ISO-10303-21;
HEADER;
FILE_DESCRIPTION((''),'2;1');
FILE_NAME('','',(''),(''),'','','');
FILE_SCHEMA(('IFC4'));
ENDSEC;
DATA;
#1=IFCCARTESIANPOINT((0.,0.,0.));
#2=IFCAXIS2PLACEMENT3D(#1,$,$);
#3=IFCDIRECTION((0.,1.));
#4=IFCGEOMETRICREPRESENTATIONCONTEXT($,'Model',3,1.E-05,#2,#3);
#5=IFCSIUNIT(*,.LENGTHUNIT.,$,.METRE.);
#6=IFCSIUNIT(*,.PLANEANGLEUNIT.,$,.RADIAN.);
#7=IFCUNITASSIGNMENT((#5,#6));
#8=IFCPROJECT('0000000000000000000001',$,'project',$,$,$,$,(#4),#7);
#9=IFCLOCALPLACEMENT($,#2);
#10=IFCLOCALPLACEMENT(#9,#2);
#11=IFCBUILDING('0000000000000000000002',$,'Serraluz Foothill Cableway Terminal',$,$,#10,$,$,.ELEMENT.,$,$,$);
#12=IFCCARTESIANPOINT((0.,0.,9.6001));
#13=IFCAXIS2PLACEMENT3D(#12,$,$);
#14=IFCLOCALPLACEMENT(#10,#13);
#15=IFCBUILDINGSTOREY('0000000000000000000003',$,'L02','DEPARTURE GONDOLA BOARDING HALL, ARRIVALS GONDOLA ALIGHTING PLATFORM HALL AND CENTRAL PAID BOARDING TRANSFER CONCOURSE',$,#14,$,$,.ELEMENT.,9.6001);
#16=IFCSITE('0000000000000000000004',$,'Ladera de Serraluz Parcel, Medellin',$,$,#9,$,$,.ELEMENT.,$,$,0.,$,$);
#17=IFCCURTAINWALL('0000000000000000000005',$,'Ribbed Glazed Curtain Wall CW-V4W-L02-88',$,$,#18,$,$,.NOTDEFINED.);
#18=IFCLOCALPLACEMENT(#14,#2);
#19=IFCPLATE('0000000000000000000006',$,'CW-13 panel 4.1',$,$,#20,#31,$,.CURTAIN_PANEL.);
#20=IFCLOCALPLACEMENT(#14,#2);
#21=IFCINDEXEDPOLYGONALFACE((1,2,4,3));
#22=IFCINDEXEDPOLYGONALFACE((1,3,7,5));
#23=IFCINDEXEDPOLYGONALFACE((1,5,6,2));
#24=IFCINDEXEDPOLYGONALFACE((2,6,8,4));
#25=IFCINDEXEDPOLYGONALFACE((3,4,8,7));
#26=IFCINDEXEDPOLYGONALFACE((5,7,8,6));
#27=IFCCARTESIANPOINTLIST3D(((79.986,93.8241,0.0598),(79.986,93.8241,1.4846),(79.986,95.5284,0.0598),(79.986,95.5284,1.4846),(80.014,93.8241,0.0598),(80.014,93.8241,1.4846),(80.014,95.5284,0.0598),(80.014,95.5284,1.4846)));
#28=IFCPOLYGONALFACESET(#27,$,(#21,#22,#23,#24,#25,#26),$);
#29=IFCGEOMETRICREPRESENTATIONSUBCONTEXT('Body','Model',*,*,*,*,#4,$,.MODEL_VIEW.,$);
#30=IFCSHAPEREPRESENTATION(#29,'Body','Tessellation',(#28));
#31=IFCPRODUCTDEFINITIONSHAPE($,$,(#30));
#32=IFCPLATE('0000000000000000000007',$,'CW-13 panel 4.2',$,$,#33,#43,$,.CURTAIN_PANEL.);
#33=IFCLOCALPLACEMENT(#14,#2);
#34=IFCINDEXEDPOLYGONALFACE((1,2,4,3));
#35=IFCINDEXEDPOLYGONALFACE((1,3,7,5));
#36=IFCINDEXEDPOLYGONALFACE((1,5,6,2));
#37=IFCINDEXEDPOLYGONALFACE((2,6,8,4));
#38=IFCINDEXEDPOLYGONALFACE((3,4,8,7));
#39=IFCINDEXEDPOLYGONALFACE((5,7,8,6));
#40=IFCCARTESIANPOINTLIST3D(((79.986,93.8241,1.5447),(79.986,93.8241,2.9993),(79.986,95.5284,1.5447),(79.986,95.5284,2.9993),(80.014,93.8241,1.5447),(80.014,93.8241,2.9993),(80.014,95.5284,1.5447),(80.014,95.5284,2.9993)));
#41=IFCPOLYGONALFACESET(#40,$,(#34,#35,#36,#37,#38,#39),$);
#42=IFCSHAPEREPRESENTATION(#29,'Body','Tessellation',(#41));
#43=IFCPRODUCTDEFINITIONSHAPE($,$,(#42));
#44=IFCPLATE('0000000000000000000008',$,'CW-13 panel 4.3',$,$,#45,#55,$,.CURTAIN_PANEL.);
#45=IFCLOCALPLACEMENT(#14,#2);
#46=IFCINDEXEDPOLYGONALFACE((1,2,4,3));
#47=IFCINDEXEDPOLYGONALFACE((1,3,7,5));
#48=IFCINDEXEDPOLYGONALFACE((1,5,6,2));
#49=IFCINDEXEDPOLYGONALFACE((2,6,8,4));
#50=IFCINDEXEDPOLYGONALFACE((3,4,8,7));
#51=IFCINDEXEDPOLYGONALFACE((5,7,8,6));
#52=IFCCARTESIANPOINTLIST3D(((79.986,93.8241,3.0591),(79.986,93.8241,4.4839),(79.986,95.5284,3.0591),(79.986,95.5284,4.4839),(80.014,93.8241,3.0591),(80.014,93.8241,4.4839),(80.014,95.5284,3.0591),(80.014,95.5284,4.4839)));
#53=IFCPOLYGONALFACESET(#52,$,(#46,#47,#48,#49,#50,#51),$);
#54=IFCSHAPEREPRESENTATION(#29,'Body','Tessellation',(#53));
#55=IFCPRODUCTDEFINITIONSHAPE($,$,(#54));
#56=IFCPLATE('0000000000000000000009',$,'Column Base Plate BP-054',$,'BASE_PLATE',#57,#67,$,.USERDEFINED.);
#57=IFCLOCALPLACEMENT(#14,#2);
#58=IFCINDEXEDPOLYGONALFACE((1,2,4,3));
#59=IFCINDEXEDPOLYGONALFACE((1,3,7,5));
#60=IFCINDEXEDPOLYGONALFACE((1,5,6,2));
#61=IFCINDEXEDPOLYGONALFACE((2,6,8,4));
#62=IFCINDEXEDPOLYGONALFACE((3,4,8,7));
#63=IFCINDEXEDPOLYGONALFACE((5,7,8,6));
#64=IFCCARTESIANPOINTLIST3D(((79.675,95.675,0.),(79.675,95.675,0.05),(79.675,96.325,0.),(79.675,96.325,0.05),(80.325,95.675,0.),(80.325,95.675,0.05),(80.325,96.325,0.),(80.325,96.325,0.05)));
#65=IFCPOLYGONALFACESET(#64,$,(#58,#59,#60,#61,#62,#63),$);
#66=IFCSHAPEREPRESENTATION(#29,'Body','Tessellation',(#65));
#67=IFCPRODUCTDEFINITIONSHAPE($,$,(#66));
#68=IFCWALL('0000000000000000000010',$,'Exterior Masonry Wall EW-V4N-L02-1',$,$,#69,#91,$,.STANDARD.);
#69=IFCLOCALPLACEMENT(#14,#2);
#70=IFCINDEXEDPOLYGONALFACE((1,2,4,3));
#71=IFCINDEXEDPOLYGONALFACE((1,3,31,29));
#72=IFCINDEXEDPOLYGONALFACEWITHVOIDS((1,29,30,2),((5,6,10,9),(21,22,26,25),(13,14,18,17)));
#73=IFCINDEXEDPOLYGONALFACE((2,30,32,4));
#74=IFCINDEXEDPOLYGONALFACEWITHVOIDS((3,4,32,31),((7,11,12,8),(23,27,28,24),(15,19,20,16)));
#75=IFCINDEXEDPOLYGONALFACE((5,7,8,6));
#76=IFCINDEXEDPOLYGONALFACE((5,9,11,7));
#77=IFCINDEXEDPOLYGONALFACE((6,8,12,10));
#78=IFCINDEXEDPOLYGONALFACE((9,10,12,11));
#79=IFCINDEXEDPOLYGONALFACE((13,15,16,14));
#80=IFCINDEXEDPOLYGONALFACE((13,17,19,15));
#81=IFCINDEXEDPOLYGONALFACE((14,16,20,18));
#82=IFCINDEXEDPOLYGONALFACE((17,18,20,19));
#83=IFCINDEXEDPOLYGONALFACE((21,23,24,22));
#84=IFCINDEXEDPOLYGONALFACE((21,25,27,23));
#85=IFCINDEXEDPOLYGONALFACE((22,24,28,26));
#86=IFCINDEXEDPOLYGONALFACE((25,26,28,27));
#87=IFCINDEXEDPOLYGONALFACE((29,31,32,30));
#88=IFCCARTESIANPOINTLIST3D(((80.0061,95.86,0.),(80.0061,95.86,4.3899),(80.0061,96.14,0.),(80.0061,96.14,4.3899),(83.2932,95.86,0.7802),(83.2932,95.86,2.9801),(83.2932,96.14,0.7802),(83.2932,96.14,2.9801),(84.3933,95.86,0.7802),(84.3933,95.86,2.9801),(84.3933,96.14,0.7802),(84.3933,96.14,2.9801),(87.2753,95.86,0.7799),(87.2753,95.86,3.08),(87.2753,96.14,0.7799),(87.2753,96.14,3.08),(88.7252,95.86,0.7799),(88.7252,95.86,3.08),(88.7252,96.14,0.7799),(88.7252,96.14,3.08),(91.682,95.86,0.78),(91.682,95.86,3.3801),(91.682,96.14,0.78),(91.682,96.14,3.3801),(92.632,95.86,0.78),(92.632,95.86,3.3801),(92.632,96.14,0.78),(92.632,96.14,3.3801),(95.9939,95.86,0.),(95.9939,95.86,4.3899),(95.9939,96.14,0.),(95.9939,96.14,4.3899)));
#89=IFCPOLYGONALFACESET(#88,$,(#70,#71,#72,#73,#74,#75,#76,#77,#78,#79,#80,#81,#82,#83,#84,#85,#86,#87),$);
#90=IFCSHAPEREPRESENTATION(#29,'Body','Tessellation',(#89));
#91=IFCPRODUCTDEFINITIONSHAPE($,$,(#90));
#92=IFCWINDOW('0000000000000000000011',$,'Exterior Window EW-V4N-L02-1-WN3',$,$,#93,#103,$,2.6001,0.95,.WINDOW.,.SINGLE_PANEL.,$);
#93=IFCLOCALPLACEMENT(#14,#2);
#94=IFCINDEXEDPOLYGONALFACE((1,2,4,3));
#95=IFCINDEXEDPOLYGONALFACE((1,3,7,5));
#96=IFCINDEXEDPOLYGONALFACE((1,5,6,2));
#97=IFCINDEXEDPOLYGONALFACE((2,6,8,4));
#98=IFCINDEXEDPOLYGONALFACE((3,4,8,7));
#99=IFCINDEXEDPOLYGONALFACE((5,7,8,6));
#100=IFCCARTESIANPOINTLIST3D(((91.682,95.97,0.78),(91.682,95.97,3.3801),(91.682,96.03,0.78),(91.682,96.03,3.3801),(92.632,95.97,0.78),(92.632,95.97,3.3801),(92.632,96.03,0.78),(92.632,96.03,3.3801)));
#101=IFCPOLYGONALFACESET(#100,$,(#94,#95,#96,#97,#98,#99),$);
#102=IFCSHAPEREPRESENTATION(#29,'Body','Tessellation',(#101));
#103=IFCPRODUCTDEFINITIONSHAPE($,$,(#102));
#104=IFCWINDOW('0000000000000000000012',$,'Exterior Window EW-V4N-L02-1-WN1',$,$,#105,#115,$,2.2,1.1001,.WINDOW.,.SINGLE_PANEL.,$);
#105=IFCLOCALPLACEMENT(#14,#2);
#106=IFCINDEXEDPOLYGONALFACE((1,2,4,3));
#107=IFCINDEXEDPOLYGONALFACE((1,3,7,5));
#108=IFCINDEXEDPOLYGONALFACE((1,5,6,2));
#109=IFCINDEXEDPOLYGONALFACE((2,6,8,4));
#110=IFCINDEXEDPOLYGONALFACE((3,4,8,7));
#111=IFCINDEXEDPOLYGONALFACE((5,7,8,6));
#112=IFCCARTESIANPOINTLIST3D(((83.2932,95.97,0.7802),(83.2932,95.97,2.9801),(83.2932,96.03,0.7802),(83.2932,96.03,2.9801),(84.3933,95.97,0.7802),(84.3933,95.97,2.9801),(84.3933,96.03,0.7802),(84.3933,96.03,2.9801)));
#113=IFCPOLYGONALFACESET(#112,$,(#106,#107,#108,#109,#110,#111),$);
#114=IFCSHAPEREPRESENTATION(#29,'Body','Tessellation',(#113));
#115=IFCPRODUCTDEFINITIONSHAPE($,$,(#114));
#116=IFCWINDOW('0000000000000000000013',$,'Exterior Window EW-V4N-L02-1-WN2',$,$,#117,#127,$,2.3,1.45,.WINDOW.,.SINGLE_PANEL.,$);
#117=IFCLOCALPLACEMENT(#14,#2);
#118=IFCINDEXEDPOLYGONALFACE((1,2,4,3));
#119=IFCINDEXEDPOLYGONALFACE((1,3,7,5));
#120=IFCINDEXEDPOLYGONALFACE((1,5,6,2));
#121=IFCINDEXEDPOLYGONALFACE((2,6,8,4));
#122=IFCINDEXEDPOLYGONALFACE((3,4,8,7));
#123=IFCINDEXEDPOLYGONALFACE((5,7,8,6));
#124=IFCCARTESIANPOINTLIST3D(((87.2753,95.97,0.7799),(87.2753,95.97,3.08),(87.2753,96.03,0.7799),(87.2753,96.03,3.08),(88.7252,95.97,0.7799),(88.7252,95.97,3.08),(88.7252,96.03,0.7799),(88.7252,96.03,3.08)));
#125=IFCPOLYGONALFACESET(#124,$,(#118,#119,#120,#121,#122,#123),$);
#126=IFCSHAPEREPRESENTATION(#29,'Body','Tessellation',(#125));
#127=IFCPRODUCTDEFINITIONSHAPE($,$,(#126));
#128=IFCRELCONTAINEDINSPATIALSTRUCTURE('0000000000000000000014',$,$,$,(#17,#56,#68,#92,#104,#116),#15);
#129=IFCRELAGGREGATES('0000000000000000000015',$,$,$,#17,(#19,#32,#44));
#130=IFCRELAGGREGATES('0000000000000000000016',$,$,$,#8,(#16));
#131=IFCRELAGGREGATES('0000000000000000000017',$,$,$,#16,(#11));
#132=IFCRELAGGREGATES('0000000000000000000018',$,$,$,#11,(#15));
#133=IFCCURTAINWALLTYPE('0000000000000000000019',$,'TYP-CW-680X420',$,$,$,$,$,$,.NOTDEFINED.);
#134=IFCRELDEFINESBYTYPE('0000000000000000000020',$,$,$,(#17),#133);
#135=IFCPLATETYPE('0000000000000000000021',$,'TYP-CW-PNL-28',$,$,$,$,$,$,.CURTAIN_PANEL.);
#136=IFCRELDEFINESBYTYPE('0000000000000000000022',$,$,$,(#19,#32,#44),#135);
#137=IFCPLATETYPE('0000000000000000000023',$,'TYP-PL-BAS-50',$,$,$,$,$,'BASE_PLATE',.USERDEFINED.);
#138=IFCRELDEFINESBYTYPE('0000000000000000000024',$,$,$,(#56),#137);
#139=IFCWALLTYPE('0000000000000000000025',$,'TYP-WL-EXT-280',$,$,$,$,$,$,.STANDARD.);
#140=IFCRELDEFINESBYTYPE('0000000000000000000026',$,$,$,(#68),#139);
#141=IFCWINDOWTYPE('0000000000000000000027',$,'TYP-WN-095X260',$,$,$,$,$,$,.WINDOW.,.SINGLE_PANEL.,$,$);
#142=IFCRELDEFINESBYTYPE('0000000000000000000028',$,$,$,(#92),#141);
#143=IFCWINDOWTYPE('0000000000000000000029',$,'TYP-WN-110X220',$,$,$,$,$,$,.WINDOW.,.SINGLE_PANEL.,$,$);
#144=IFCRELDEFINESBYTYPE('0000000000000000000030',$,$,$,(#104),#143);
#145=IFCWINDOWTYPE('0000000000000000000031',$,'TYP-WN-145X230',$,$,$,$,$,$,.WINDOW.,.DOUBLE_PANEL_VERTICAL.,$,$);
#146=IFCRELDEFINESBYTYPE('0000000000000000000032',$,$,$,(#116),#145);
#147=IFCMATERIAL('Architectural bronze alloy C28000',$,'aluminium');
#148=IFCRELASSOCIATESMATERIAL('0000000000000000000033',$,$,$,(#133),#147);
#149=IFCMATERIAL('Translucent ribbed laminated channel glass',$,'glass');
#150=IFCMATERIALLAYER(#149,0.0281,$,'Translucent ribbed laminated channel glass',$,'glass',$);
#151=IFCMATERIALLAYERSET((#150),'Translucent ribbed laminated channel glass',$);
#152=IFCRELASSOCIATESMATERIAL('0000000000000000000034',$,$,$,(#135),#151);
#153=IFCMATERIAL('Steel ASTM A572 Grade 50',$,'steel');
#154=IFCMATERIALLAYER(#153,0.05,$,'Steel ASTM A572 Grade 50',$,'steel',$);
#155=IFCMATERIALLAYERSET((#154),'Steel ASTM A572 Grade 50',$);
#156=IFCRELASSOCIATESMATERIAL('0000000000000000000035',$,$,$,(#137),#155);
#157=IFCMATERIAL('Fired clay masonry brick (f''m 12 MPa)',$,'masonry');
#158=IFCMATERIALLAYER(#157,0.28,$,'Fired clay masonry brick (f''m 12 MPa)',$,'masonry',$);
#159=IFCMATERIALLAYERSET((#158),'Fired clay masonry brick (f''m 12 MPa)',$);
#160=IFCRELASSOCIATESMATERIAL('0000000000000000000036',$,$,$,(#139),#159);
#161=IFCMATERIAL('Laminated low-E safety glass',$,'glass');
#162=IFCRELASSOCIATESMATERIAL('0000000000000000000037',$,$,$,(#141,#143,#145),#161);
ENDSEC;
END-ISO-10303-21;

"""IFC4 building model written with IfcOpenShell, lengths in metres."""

from ifc_helpers import new_model, si_unit, direction, frame, frame_2d, origin, origin_2d, place, context, subcontext, project, spatial, rectangle, extrude, material, layer, layer_set, type_object, element, fill, aggregate, save


model = new_model("IFC4")

# Units and contexts
model_context = context("Model", 3, precision=1e-05, world=origin(), true_north=direction((0.0, 1.0)))
body_context = subcontext(model_context, "Body", "Model", "MODEL_VIEW")
ifc_project = project(units=[si_unit("LENGTHUNIT", "METRE"), si_unit("PLANEANGLEUNIT", "RADIAN")], contexts=[model_context])

# Site, building, storey
site_placement = place(None, origin())
site = spatial("IfcSite", under=ifc_project, at=site_placement, Name="Ladera de Serraluz Parcel, Medellin", CompositionType="ELEMENT", RefElevation=0.0)
building_placement = place(site_placement, origin())
building = spatial("IfcBuilding", under=site, at=building_placement, Name="Serraluz Foothill Cableway Terminal", CompositionType="ELEMENT")
storey_placement = place(building_placement, frame((0.0, 0.0, 9.6001)))
storey = spatial("IfcBuildingStorey", under=building, at=storey_placement, Name="L02", Description="DEPARTURE GONDOLA BOARDING HALL, ARRIVALS GONDOLA ALIGHTING PLATFORM HALL AND CENTRAL PAID BOARDING TRANSFER CONCOURSE", CompositionType="ELEMENT", Elevation=9.6001)

# Curtain wall
ifc_material_1 = material(Name="Architectural bronze alloy C28000", Category="aluminium")
curtain_wall_type = type_object("IfcCurtainWallType", Name="TYP-CW-680X420", PredefinedType="NOTDEFINED", material=ifc_material_1)
curtain_wall_placement = place(storey_placement, origin())
curtain_wall = element("IfcCurtainWall", 1, at=curtain_wall_placement, inside=storey, type_object=curtain_wall_type, Name="Ribbed Glazed Curtain Wall CW-V4W-L02-88", PredefinedType="NOTDEFINED")

# Plates
ifc_material_2 = material(Name="Translucent ribbed laminated channel glass", Category="glass")
ifc_layer_1 = layer(ifc_material_2, 0.0281, Name="Translucent ribbed laminated channel glass", Category="glass")
ifc_layer_set_1 = layer_set([ifc_layer_1], Name="Translucent ribbed laminated channel glass")
plate_type_1 = type_object("IfcPlateType", Name="TYP-CW-PNL-28", PredefinedType="CURTAIN_PANEL", material=ifc_layer_set_1)
plate_1_placement = place(storey_placement, frame((80.0, 94.6763, 0.0598), z_axis=(0.0, 0.0, 1.0), x_axis=(0.0, 1.0, 0.0)))
plate_1 = element("IfcPlate", 2, at=plate_1_placement, type_object=plate_type_1, Name="CW-13 panel 4.1", PredefinedType="CURTAIN_PANEL", context=body_context, shape_type="SweptSolid", body=[
    extrude(rectangle(XDim=1.7043, YDim=0.0281, at=origin_2d()), origin(), (0.0, 0.0, 1.0), 1.4248),
])
plate_2_placement = place(storey_placement, frame((80.0, 94.6763, 1.5447), z_axis=(0.0, 0.0, 1.0), x_axis=(0.0, 1.0, 0.0)))
plate_2 = element("IfcPlate", 3, at=plate_2_placement, type_object=plate_type_1, Name="CW-13 panel 4.2", PredefinedType="CURTAIN_PANEL", context=body_context, shape_type="SweptSolid", body=[
    extrude(rectangle(XDim=1.7043, YDim=0.0281, at=origin_2d()), origin(), (0.0, 0.0, 1.0), 1.4546),
])
plate_3_placement = place(storey_placement, frame((80.0, 94.6763, 3.0591), z_axis=(0.0, 0.0, 1.0), x_axis=(0.0, 1.0, 0.0)))
plate_3 = element("IfcPlate", 4, at=plate_3_placement, type_object=plate_type_1, Name="CW-13 panel 4.3", PredefinedType="CURTAIN_PANEL", context=body_context, shape_type="SweptSolid", body=[
    extrude(rectangle(XDim=1.7043, YDim=0.0281, at=origin_2d()), origin(), (0.0, 0.0, 1.0), 1.4248),
])
aggregate(curtain_wall, [plate_1, plate_2, plate_3])
ifc_material_3 = material(Name="Steel ASTM A572 Grade 50", Category="steel")
ifc_layer_2 = layer(ifc_material_3, 0.05, Name="Steel ASTM A572 Grade 50", Category="steel")
ifc_layer_set_2 = layer_set([ifc_layer_2], Name="Steel ASTM A572 Grade 50")
plate_type_2 = type_object("IfcPlateType", Name="TYP-PL-BAS-50", ElementType="BASE_PLATE", PredefinedType="USERDEFINED", material=ifc_layer_set_2)
plate_4_placement = place(storey_placement, frame((80.0, 96.0, 0.0), z_axis=(0.0, 0.0, 1.0), x_axis=(1.0, 0.0, 0.0)))
element("IfcPlate", 5, at=plate_4_placement, inside=storey, type_object=plate_type_2, Name="Column Base Plate BP-054", ObjectType="BASE_PLATE", PredefinedType="USERDEFINED", context=body_context, shape_type="SweptSolid", body=[
    extrude(rectangle(XDim=0.6499, YDim=0.6499, at=origin_2d()), origin(), (0.0, 0.0, 1.0), 0.05),
])

# Wall, openings, windows
ifc_material_4 = material(Name="Fired clay masonry brick (f'm 12 MPa)", Category="masonry")
ifc_layer_3 = layer(ifc_material_4, 0.28, Name="Fired clay masonry brick (f'm 12 MPa)", Category="masonry")
ifc_layer_set_3 = layer_set([ifc_layer_3], Name="Fired clay masonry brick (f'm 12 MPa)")
wall_type = type_object("IfcWallType", Name="TYP-WL-EXT-280", PredefinedType="STANDARD", material=ifc_layer_set_3)
wall_placement = place(storey_placement, frame((80.0061, 96.0, 0.0), z_axis=(0.0, 0.0, 1.0), x_axis=(1.0, 0.0, 0.0)))
wall = element("IfcWall", 6, at=wall_placement, inside=storey, type_object=wall_type, Name="Exterior Masonry Wall EW-V4N-L02-1", PredefinedType="STANDARD", context=body_context, shape_type="SweptSolid", body=[
    extrude(rectangle(XDim=15.9878, YDim=0.28, at=frame_2d((7.9939, 0.0))), origin(), (0.0, 0.0, 1.0), 4.3899),
])
opening_1_placement = place(wall_placement, frame((3.2871, 0.0, 0.78)))
opening_1 = element("IfcOpeningElement", 7, at=opening_1_placement, cuts=wall, PredefinedType="OPENING", context=body_context, shape_type="SweptSolid", body=[
    extrude(rectangle(XDim=1.1001, YDim=2.2, at=frame_2d((0.55, 1.1001))), frame((0.0, 0.1499, 0.0), z_axis=(0.0, -1.0, 0.0), x_axis=(1.0, 0.0, 0.0)), (0.0, 0.0, 1.0), 0.3),
])
opening_2_placement = place(wall_placement, frame((7.269, 0.0, 0.78)))
opening_2 = element("IfcOpeningElement", 8, at=opening_2_placement, cuts=wall, PredefinedType="OPENING", context=body_context, shape_type="SweptSolid", body=[
    extrude(rectangle(XDim=1.45, YDim=2.3, at=frame_2d((0.7251, 1.1499))), frame((0.0, 0.1499, 0.0), z_axis=(0.0, -1.0, 0.0), x_axis=(1.0, 0.0, 0.0)), (0.0, 0.0, 1.0), 0.3),
])
opening_3_placement = place(wall_placement, frame((11.6758, 0.0, 0.78)))
opening_3 = element("IfcOpeningElement", 9, at=opening_3_placement, cuts=wall, PredefinedType="OPENING", context=body_context, shape_type="SweptSolid", body=[
    extrude(rectangle(XDim=0.95, YDim=2.6001, at=frame_2d((0.4751, 1.3))), frame((0.0, 0.1499, 0.0), z_axis=(0.0, -1.0, 0.0), x_axis=(1.0, 0.0, 0.0)), (0.0, 0.0, 1.0), 0.3),
])
ifc_material_5 = material(Name="Laminated low-E safety glass", Category="glass")
window_type_1 = type_object("IfcWindowType", Name="TYP-WN-095X260", PartitioningType="SINGLE_PANEL", PredefinedType="WINDOW", material=ifc_material_5)
window_1_placement = place(opening_3_placement, origin())
window_1 = element("IfcWindow", 10, at=window_1_placement, inside=storey, type_object=window_type_1, Name="Exterior Window EW-V4N-L02-1-WN3", OverallHeight=2.6001, OverallWidth=0.95, PartitioningType="SINGLE_PANEL", PredefinedType="WINDOW", context=body_context, shape_type="SweptSolid", body=[
    extrude(rectangle(XDim=0.95, YDim=2.6001, at=frame_2d((0.4751, 1.3))), frame((0.0, 0.03, 0.0), z_axis=(0.0, -1.0, 0.0), x_axis=(1.0, 0.0, 0.0)), (0.0, 0.0, 1.0), 0.0601),
])
fill(opening_3, window_1)
window_type_2 = type_object("IfcWindowType", Name="TYP-WN-110X220", PartitioningType="SINGLE_PANEL", PredefinedType="WINDOW", material=ifc_material_5)
window_2_placement = place(opening_1_placement, origin())
window_2 = element("IfcWindow", 11, at=window_2_placement, inside=storey, type_object=window_type_2, Name="Exterior Window EW-V4N-L02-1-WN1", OverallHeight=2.2, OverallWidth=1.1001, PartitioningType="SINGLE_PANEL", PredefinedType="WINDOW", context=body_context, shape_type="SweptSolid", body=[
    extrude(rectangle(XDim=1.1001, YDim=2.2, at=frame_2d((0.55, 1.1001))), frame((0.0, 0.03, 0.0), z_axis=(0.0, -1.0, 0.0), x_axis=(1.0, 0.0, 0.0)), (0.0, 0.0, 1.0), 0.0601),
])
fill(opening_1, window_2)
window_type_3 = type_object("IfcWindowType", Name="TYP-WN-145X230", PartitioningType="DOUBLE_PANEL_VERTICAL", PredefinedType="WINDOW", material=ifc_material_5)
window_3_placement = place(opening_2_placement, origin())
window_3 = element("IfcWindow", 12, at=window_3_placement, inside=storey, type_object=window_type_3, Name="Exterior Window EW-V4N-L02-1-WN2", OverallHeight=2.3, OverallWidth=1.45, PartitioningType="SINGLE_PANEL", PredefinedType="WINDOW", context=body_context, shape_type="SweptSolid", body=[
    extrude(rectangle(XDim=1.45, YDim=2.3, at=frame_2d((0.7251, 1.1499))), frame((0.0, 0.03, 0.0), z_axis=(0.0, -1.0, 0.0), x_axis=(1.0, 0.0, 0.0)), (0.0, 0.0, 1.0), 0.0601),
])
fill(opening_2, window_3)

save(model, "model.ifc")
